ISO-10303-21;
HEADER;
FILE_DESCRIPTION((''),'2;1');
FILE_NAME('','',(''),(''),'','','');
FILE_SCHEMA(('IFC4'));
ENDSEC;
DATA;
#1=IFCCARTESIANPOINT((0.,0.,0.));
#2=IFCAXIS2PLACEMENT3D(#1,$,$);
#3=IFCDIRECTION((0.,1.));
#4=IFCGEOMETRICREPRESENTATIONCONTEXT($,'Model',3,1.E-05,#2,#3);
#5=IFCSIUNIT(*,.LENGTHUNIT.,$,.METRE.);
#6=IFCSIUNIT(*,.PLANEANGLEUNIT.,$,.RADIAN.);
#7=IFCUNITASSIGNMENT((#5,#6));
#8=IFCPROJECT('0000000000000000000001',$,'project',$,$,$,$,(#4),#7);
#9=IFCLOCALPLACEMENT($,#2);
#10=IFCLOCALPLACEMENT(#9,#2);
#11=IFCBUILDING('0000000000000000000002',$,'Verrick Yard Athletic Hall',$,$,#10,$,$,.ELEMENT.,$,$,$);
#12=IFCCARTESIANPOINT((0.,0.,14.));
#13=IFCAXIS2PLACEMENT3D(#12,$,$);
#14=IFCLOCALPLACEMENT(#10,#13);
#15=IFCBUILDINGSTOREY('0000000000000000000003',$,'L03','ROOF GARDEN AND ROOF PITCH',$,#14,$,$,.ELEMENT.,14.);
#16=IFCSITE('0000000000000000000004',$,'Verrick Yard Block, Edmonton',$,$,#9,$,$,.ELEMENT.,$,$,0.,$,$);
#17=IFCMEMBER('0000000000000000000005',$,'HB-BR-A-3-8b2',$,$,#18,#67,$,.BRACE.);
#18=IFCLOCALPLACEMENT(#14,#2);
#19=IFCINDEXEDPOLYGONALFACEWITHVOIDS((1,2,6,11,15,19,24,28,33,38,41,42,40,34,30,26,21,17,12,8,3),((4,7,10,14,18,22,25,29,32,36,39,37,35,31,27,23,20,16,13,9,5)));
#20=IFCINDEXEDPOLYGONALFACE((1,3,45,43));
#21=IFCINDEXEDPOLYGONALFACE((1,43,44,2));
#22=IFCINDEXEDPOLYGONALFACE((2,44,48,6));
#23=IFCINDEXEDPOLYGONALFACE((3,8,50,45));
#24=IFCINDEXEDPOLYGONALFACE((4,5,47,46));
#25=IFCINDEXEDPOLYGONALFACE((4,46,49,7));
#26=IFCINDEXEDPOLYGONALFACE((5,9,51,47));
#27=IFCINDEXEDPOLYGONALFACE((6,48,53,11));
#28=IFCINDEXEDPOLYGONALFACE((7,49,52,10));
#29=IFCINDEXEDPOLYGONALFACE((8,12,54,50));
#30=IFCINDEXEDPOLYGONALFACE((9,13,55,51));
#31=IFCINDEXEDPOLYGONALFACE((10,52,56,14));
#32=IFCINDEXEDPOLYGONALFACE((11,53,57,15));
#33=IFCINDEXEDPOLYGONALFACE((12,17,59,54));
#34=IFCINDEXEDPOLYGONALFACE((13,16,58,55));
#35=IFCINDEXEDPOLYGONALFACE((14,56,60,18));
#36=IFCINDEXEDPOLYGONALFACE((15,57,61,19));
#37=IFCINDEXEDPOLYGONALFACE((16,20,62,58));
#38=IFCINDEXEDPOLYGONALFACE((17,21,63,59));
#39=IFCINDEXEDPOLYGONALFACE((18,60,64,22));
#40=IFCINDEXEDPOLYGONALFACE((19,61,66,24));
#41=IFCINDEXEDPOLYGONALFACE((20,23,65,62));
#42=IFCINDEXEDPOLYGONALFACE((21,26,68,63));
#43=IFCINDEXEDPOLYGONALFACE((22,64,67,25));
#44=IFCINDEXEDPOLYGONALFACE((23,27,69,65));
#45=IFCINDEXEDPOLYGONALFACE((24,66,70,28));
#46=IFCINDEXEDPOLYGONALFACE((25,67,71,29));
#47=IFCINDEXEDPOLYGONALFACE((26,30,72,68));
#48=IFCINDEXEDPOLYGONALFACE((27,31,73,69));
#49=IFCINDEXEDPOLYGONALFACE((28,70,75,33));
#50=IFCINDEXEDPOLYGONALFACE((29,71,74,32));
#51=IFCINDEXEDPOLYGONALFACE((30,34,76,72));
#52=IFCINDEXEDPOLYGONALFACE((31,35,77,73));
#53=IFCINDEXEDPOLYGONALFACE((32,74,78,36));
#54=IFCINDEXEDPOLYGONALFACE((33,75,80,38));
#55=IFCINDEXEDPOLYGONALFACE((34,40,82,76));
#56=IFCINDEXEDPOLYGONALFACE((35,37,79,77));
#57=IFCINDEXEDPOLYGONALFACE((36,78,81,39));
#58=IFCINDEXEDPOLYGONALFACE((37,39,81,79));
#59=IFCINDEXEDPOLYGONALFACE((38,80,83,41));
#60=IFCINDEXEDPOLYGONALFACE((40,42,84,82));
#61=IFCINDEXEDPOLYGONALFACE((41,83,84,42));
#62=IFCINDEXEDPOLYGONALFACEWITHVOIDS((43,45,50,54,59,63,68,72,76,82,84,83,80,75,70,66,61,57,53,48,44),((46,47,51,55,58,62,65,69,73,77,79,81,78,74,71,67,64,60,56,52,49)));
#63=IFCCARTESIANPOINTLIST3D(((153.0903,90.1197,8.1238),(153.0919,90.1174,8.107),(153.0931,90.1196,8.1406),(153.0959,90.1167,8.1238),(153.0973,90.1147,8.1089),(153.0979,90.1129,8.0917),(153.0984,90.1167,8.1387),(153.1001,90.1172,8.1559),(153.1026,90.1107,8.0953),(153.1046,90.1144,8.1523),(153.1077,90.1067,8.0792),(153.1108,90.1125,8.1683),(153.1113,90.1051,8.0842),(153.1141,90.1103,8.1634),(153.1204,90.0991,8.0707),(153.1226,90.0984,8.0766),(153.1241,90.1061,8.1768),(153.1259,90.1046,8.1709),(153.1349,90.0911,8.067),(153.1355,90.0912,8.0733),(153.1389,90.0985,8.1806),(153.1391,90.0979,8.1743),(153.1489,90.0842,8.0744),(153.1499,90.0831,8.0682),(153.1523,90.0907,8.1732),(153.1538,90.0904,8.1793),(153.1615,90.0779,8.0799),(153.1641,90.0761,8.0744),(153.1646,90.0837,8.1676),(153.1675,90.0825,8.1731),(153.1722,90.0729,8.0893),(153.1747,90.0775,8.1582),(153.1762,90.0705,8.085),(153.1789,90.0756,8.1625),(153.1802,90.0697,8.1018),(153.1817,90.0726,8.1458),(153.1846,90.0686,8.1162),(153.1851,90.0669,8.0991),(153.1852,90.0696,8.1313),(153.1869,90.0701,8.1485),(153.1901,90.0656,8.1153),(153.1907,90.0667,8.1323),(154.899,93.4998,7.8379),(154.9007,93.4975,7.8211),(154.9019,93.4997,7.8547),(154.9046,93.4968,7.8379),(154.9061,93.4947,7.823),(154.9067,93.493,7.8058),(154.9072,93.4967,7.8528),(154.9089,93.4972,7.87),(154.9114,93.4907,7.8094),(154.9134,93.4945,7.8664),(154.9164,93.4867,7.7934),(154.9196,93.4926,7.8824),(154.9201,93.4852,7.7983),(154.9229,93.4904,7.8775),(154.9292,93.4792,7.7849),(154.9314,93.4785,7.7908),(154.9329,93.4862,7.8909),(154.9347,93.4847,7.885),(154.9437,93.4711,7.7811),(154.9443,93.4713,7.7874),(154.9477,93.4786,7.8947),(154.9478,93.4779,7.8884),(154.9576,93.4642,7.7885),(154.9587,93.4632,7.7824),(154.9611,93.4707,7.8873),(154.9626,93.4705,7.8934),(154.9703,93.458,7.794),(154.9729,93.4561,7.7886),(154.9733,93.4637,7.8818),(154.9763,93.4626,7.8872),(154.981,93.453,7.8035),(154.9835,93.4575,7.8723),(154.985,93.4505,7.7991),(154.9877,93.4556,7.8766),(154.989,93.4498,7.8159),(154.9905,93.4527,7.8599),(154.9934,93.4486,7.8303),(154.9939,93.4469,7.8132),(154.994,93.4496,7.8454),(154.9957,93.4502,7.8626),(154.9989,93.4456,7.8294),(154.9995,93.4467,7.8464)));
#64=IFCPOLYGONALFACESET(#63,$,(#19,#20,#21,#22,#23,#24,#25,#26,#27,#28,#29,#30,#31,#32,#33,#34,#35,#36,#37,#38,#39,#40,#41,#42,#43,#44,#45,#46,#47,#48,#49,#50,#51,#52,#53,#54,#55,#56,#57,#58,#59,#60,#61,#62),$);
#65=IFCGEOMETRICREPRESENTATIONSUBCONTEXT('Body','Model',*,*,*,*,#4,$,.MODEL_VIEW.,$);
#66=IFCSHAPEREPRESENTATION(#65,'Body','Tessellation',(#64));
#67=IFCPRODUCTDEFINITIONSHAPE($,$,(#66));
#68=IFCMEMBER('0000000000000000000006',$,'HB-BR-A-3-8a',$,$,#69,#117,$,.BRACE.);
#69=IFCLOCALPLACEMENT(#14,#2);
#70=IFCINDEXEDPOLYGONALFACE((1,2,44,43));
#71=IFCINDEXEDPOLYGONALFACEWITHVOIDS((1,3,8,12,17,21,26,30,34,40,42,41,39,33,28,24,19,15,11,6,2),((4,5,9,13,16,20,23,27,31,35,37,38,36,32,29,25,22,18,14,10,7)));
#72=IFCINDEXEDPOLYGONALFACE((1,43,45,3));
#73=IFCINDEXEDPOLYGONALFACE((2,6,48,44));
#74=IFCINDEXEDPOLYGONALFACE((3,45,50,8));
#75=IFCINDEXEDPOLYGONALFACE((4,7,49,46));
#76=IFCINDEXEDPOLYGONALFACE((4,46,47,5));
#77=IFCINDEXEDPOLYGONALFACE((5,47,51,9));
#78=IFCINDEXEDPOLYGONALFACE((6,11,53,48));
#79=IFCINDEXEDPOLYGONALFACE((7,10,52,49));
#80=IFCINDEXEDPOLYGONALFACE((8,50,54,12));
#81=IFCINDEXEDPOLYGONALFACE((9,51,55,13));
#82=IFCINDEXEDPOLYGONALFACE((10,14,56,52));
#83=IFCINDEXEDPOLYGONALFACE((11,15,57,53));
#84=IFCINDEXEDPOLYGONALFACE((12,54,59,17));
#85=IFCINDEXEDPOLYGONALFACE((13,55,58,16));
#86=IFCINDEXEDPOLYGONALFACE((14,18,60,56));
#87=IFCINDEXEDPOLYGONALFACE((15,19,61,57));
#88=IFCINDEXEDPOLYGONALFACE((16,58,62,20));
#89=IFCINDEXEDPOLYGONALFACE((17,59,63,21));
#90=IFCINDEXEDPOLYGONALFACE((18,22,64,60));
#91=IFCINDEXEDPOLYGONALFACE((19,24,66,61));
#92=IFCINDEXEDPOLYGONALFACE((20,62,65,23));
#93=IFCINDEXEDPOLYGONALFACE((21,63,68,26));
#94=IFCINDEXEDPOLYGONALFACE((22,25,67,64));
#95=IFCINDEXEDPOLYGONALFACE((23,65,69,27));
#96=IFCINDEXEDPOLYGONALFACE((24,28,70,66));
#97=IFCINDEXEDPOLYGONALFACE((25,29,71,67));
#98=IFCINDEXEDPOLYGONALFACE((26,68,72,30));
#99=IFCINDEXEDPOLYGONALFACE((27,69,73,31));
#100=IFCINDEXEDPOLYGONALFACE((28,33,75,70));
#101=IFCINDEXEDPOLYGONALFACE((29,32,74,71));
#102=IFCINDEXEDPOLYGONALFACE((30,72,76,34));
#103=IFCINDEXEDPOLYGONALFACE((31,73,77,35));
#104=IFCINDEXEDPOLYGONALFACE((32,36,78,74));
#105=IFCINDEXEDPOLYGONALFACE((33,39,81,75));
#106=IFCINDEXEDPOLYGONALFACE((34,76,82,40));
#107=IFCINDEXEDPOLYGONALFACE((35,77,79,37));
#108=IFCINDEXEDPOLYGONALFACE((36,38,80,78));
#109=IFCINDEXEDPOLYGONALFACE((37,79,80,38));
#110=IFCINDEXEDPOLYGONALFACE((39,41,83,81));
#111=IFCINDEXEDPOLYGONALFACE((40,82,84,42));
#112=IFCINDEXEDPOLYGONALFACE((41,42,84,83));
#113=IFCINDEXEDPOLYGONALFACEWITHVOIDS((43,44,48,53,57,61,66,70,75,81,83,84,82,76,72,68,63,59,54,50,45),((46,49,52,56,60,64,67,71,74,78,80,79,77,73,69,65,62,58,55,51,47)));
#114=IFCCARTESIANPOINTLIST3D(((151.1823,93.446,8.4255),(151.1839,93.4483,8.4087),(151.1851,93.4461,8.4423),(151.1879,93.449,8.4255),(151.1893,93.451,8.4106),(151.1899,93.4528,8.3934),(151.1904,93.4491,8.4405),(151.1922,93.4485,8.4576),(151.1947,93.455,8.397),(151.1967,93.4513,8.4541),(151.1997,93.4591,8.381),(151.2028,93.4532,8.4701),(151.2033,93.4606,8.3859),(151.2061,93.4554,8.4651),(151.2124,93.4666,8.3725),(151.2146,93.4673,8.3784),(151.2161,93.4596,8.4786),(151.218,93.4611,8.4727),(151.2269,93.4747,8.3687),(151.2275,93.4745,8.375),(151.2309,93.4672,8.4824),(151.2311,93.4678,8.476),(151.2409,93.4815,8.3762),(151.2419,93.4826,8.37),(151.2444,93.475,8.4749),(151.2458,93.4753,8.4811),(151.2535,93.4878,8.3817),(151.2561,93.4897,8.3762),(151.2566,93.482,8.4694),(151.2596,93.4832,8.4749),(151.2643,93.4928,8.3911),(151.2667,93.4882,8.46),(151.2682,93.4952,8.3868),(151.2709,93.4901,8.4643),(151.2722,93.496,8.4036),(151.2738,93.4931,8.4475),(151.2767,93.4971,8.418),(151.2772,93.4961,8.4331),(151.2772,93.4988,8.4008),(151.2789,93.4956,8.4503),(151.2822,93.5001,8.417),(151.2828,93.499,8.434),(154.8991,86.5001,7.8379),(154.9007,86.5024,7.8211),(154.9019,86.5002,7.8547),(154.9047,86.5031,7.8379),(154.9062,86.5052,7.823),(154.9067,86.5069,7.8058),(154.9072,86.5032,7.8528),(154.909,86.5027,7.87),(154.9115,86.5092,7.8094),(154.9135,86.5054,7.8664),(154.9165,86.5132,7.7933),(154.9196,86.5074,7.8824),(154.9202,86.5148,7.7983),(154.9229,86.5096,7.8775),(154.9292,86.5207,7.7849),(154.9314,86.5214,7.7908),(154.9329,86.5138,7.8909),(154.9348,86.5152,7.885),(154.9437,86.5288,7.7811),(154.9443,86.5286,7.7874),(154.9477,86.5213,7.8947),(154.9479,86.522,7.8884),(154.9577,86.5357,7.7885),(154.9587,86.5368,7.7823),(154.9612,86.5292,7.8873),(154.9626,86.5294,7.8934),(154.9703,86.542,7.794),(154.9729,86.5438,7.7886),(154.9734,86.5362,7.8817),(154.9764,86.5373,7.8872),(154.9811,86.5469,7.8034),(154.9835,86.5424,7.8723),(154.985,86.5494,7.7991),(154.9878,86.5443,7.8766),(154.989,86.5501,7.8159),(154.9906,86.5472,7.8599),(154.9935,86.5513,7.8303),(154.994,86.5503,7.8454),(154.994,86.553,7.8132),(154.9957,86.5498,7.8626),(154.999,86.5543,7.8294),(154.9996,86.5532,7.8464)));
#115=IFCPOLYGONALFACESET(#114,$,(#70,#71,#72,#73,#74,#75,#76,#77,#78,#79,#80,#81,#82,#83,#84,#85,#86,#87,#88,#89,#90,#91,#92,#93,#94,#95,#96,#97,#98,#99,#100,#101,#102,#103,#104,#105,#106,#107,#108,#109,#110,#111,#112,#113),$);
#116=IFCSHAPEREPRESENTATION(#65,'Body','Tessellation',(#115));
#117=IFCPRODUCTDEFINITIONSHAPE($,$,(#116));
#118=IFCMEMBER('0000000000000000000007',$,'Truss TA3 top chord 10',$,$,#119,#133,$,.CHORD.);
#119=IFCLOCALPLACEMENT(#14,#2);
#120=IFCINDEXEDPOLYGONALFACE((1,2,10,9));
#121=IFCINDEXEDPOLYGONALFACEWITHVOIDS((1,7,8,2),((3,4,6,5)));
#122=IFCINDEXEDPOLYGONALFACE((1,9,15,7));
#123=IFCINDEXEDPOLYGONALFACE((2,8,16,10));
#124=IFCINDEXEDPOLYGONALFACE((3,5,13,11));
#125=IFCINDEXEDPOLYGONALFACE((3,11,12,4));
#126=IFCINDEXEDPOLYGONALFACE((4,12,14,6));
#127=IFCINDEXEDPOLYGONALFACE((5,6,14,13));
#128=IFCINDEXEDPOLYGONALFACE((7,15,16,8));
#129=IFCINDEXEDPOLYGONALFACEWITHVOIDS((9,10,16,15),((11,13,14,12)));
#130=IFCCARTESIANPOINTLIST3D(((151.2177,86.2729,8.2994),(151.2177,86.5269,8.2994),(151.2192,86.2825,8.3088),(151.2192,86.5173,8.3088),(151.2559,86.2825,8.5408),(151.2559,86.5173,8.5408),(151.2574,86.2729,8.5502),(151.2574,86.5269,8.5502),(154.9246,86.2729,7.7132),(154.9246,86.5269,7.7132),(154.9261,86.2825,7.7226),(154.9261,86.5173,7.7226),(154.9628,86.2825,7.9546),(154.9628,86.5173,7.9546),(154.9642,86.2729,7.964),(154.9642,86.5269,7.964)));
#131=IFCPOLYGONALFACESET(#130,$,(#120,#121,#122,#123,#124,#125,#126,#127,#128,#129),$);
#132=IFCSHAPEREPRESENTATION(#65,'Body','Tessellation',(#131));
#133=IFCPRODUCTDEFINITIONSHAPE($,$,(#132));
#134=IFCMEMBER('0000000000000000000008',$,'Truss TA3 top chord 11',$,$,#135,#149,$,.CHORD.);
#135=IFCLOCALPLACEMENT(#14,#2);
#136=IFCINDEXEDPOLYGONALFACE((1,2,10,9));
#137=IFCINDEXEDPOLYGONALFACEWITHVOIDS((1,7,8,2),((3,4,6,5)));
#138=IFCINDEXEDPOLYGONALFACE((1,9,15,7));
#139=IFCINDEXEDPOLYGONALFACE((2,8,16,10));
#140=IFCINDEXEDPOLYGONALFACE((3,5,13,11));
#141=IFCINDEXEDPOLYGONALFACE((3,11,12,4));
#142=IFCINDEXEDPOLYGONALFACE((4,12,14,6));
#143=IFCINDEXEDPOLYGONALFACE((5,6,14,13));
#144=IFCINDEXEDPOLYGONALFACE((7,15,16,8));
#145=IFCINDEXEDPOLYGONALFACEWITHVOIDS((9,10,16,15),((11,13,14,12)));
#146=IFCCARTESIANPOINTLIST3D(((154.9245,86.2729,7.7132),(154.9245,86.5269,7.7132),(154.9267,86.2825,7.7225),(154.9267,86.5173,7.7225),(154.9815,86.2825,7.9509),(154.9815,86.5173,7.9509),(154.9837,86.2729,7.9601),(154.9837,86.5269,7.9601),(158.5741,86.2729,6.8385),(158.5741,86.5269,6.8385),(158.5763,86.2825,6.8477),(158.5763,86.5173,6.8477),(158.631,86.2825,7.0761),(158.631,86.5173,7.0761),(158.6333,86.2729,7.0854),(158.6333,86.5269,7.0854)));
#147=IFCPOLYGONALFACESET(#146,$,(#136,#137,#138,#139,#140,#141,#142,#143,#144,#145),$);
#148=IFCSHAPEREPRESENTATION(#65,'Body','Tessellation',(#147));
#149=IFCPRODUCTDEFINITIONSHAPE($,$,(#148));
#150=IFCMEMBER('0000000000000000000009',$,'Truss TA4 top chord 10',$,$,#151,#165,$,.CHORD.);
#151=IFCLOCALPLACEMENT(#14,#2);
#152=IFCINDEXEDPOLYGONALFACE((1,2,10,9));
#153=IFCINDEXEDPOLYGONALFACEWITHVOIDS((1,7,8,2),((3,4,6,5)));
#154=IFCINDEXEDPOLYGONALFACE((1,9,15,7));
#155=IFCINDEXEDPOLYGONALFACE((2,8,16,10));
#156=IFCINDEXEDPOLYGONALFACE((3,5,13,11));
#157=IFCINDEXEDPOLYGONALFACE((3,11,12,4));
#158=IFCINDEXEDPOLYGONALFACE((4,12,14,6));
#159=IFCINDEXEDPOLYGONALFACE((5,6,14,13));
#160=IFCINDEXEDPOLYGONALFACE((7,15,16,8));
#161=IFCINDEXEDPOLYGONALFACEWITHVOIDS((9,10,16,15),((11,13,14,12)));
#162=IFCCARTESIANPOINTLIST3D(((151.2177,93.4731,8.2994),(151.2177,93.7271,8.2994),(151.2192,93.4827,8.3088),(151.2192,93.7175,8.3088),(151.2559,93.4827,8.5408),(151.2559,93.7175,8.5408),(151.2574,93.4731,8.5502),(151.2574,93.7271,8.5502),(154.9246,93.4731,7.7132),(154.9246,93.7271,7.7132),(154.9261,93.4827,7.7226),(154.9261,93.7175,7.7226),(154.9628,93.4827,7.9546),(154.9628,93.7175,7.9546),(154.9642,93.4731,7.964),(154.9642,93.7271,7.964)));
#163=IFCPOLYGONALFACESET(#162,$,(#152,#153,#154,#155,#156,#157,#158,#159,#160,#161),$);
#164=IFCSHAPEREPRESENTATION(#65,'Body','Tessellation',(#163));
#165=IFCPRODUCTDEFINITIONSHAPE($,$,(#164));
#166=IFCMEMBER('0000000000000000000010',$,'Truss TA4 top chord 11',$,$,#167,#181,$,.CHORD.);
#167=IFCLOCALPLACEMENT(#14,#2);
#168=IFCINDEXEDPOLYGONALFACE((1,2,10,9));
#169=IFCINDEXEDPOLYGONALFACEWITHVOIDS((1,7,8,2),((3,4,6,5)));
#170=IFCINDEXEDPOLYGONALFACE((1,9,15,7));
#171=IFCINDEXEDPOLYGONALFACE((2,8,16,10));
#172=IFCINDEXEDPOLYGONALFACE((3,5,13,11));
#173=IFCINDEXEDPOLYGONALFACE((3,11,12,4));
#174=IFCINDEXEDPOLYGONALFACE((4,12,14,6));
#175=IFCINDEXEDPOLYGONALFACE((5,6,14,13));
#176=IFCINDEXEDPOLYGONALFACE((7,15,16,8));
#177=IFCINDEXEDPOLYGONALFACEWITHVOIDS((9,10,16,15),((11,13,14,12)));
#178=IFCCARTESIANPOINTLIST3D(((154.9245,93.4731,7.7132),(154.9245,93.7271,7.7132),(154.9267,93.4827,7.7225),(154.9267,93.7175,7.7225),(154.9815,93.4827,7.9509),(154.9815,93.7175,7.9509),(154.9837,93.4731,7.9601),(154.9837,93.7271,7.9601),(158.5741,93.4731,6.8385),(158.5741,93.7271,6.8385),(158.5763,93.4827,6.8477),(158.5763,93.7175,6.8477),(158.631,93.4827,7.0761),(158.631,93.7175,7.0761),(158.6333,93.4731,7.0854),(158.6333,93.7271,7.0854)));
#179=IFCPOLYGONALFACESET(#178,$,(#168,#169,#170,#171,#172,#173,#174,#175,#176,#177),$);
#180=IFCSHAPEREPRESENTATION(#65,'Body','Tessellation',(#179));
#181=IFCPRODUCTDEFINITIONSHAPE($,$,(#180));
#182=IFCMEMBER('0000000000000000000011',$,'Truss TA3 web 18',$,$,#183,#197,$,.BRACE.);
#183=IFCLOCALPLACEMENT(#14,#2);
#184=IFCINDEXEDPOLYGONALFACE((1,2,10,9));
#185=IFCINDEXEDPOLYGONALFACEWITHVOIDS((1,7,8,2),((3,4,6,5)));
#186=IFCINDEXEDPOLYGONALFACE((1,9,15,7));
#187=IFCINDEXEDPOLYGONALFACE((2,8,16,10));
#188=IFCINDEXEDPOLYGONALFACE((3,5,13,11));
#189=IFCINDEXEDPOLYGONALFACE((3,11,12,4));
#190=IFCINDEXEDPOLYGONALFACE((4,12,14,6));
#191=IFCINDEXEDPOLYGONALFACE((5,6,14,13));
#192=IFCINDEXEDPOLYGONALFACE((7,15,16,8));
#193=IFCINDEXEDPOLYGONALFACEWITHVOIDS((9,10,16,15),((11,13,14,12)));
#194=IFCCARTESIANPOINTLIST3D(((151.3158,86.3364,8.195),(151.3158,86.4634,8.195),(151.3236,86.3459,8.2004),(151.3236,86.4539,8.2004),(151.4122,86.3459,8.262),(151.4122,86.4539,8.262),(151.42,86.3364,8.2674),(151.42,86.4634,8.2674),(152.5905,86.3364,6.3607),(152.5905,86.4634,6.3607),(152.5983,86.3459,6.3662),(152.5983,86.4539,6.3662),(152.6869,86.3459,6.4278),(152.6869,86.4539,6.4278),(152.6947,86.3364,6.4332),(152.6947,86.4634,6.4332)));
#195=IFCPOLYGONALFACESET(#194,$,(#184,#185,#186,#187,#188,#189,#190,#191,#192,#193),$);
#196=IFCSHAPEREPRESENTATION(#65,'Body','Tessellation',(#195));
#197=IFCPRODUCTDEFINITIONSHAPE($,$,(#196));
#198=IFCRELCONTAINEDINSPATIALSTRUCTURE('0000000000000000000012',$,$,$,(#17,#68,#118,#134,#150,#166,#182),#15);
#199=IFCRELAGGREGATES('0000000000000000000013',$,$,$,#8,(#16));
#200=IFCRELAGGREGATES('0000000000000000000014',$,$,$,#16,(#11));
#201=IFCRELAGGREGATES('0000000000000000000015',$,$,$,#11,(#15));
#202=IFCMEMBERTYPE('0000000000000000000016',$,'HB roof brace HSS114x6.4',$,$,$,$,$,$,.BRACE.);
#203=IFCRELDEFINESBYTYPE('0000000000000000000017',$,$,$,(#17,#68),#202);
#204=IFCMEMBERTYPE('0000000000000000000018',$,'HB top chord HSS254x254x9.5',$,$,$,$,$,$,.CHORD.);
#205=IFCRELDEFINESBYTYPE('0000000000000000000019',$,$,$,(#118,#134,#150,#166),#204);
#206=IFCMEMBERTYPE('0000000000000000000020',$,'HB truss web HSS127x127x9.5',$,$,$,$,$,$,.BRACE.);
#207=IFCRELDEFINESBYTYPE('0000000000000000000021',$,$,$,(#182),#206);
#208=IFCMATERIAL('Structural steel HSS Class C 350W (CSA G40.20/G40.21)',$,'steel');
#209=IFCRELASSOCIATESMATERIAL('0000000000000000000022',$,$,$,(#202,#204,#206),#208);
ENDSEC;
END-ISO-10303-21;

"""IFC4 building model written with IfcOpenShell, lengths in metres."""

from ifc_helpers import new_model, si_unit, direction, frame, origin, origin_2d, place, context, subcontext, project, spatial, hollow_rectangle, hollow_circle, extrude, material, material_profile, profile_set, type_object, element, save


model = new_model("IFC4")

# Units and contexts
model_context = context("Model", 3, precision=1e-05, world=origin(), true_north=direction((0.0, 1.0)))
body_context = subcontext(model_context, "Body", "Model", "MODEL_VIEW")
ifc_project = project(units=[si_unit("LENGTHUNIT", "METRE"), si_unit("PLANEANGLEUNIT", "RADIAN")], contexts=[model_context])

# Site, building, storey
site_placement = place(None, origin())
site = spatial("IfcSite", under=ifc_project, at=site_placement, Name="Verrick Yard Block, Edmonton", CompositionType="ELEMENT", RefElevation=0.0)
building_placement = place(site_placement, origin())
building = spatial("IfcBuilding", under=site, at=building_placement, Name="Verrick Yard Athletic Hall", CompositionType="ELEMENT")
storey_placement = place(building_placement, frame((0.0, 0.0, 14.0)))
storey = spatial("IfcBuildingStorey", under=building, at=storey_placement, Name="L03", Description="ROOF GARDEN AND ROOF PITCH", CompositionType="ELEMENT", Elevation=14.0)

# Members
ifc_material_1 = material(Name="Structural steel HSS Class C 350W (CSA G40.20/G40.21)", Category="steel")
ifc_material_profile_1 = material_profile(ifc_material_1, hollow_circle(Radius=0.0571, WallThickness=0.0063, at=origin_2d()), Name="HSS114x6.4")
ifc_profile_set_1 = profile_set([ifc_material_profile_1], Name="Structural steel HSS Class C 350W (CSA G40.20/G40.21)")
member_type_1 = type_object("IfcMemberType", Name="HB roof brace HSS114x6.4", PredefinedType="BRACE", material=ifc_profile_set_1)
for number, where, z_axis, x_axis, name in (
    (1, (153.1406, 90.0928, 8.1238), (0.470521, 0.87925, -0.074366), (-0.881691, 0.471827, 0.0), "HB-BR-A-3-8b2"),
):
    element("IfcMember", number, at=place(storey_placement, frame(where, z_axis=z_axis, x_axis=x_axis)), inside=storey, type_object=member_type_1, Name=name, PredefinedType="BRACE", context=body_context, shape_type="SweptSolid", body=[
        extrude(hollow_circle(Radius=0.0571, WallThickness=0.0063, at=origin_2d()), origin(), (0.0, 0.0, 1.0), 3.8442),
    ])
member_1_placement = place(storey_placement, frame((154.9495, 86.5271, 7.8379), z_axis=(-0.470503, 0.879257, 0.074389), x_axis=(-0.8817, -0.47181, 0.0)))
element("IfcMember", 2, at=member_1_placement, inside=storey, type_object=member_type_1, Name="HB-BR-A-3-8a", PredefinedType="BRACE", context=body_context, shape_type="SweptSolid", body=[
    extrude(hollow_circle(Radius=0.0571, WallThickness=0.0063, at=origin_2d()), origin(), (0.0, 0.0, 1.0), 7.8997),
])
ifc_material_profile_2 = material_profile(ifc_material_1, hollow_rectangle(XDim=0.2539, YDim=0.2539, WallThickness=0.0095, at=origin_2d()), Name="HSS254x254x9.5")
ifc_profile_set_2 = profile_set([ifc_material_profile_2], Name="Structural steel HSS Class C 350W (CSA G40.20/G40.21)")
member_type_2 = type_object("IfcMemberType", Name="HB top chord HSS254x254x9.5", PredefinedType="CHORD", material=ifc_profile_set_2)
for number, where, z_axis, x_axis, name in (
    (3, (151.2375, 86.3999, 8.4248), (0.987726, 0.0, -0.156196), (0.0, 1.0, 0.0), "Truss TA3 top chord 10"),
    (4, (154.9541, 86.3999, 7.8367), (0.972458, 0.0, -0.23308), (0.0, 1.0, 0.0), "Truss TA3 top chord 11"),
    (5, (151.2375, 93.6001, 8.4248), (0.987726, 0.0, -0.156196), (0.0, 1.0, 0.0), "Truss TA4 top chord 10"),
    (6, (154.9541, 93.6001, 7.8367), (0.972458, 0.0, -0.23308), (0.0, 1.0, 0.0), "Truss TA4 top chord 11"),
):
    element("IfcMember", number, at=place(storey_placement, frame(where, z_axis=z_axis, x_axis=x_axis)), inside=storey, type_object=member_type_2, Name=name, PredefinedType="CHORD", context=body_context, shape_type="SweptSolid", body=[
        extrude(hollow_rectangle(XDim=0.2539, YDim=0.2539, WallThickness=0.0095, at=origin_2d()), origin(), (0.0, 0.0, 1.0), 3.7529),
    ])
ifc_material_profile_3 = material_profile(ifc_material_1, hollow_rectangle(XDim=0.127, YDim=0.127, WallThickness=0.0095, at=origin_2d()), Name="HSS127x127x9.5")
ifc_profile_set_3 = profile_set([ifc_material_profile_3], Name="Structural steel HSS Class C 350W (CSA G40.20/G40.21)")
member_type_3 = type_object("IfcMemberType", Name="HB truss web HSS127x127x9.5", PredefinedType="BRACE", material=ifc_profile_set_3)
member_2_placement = place(storey_placement, frame((151.3679, 86.3999, 8.2312), z_axis=(0.570664, 0.0, -0.821184), x_axis=(0.0, 1.0, 0.0)))
element("IfcMember", 7, at=member_2_placement, inside=storey, type_object=member_type_3, Name="Truss TA3 web 18", PredefinedType="BRACE", context=body_context, shape_type="SweptSolid", body=[
    extrude(hollow_rectangle(XDim=0.127, YDim=0.127, WallThickness=0.0095, at=origin_2d()), origin(), (0.0, 0.0, 1.0), 2.2336),
])

save(model, "model.ifc")
